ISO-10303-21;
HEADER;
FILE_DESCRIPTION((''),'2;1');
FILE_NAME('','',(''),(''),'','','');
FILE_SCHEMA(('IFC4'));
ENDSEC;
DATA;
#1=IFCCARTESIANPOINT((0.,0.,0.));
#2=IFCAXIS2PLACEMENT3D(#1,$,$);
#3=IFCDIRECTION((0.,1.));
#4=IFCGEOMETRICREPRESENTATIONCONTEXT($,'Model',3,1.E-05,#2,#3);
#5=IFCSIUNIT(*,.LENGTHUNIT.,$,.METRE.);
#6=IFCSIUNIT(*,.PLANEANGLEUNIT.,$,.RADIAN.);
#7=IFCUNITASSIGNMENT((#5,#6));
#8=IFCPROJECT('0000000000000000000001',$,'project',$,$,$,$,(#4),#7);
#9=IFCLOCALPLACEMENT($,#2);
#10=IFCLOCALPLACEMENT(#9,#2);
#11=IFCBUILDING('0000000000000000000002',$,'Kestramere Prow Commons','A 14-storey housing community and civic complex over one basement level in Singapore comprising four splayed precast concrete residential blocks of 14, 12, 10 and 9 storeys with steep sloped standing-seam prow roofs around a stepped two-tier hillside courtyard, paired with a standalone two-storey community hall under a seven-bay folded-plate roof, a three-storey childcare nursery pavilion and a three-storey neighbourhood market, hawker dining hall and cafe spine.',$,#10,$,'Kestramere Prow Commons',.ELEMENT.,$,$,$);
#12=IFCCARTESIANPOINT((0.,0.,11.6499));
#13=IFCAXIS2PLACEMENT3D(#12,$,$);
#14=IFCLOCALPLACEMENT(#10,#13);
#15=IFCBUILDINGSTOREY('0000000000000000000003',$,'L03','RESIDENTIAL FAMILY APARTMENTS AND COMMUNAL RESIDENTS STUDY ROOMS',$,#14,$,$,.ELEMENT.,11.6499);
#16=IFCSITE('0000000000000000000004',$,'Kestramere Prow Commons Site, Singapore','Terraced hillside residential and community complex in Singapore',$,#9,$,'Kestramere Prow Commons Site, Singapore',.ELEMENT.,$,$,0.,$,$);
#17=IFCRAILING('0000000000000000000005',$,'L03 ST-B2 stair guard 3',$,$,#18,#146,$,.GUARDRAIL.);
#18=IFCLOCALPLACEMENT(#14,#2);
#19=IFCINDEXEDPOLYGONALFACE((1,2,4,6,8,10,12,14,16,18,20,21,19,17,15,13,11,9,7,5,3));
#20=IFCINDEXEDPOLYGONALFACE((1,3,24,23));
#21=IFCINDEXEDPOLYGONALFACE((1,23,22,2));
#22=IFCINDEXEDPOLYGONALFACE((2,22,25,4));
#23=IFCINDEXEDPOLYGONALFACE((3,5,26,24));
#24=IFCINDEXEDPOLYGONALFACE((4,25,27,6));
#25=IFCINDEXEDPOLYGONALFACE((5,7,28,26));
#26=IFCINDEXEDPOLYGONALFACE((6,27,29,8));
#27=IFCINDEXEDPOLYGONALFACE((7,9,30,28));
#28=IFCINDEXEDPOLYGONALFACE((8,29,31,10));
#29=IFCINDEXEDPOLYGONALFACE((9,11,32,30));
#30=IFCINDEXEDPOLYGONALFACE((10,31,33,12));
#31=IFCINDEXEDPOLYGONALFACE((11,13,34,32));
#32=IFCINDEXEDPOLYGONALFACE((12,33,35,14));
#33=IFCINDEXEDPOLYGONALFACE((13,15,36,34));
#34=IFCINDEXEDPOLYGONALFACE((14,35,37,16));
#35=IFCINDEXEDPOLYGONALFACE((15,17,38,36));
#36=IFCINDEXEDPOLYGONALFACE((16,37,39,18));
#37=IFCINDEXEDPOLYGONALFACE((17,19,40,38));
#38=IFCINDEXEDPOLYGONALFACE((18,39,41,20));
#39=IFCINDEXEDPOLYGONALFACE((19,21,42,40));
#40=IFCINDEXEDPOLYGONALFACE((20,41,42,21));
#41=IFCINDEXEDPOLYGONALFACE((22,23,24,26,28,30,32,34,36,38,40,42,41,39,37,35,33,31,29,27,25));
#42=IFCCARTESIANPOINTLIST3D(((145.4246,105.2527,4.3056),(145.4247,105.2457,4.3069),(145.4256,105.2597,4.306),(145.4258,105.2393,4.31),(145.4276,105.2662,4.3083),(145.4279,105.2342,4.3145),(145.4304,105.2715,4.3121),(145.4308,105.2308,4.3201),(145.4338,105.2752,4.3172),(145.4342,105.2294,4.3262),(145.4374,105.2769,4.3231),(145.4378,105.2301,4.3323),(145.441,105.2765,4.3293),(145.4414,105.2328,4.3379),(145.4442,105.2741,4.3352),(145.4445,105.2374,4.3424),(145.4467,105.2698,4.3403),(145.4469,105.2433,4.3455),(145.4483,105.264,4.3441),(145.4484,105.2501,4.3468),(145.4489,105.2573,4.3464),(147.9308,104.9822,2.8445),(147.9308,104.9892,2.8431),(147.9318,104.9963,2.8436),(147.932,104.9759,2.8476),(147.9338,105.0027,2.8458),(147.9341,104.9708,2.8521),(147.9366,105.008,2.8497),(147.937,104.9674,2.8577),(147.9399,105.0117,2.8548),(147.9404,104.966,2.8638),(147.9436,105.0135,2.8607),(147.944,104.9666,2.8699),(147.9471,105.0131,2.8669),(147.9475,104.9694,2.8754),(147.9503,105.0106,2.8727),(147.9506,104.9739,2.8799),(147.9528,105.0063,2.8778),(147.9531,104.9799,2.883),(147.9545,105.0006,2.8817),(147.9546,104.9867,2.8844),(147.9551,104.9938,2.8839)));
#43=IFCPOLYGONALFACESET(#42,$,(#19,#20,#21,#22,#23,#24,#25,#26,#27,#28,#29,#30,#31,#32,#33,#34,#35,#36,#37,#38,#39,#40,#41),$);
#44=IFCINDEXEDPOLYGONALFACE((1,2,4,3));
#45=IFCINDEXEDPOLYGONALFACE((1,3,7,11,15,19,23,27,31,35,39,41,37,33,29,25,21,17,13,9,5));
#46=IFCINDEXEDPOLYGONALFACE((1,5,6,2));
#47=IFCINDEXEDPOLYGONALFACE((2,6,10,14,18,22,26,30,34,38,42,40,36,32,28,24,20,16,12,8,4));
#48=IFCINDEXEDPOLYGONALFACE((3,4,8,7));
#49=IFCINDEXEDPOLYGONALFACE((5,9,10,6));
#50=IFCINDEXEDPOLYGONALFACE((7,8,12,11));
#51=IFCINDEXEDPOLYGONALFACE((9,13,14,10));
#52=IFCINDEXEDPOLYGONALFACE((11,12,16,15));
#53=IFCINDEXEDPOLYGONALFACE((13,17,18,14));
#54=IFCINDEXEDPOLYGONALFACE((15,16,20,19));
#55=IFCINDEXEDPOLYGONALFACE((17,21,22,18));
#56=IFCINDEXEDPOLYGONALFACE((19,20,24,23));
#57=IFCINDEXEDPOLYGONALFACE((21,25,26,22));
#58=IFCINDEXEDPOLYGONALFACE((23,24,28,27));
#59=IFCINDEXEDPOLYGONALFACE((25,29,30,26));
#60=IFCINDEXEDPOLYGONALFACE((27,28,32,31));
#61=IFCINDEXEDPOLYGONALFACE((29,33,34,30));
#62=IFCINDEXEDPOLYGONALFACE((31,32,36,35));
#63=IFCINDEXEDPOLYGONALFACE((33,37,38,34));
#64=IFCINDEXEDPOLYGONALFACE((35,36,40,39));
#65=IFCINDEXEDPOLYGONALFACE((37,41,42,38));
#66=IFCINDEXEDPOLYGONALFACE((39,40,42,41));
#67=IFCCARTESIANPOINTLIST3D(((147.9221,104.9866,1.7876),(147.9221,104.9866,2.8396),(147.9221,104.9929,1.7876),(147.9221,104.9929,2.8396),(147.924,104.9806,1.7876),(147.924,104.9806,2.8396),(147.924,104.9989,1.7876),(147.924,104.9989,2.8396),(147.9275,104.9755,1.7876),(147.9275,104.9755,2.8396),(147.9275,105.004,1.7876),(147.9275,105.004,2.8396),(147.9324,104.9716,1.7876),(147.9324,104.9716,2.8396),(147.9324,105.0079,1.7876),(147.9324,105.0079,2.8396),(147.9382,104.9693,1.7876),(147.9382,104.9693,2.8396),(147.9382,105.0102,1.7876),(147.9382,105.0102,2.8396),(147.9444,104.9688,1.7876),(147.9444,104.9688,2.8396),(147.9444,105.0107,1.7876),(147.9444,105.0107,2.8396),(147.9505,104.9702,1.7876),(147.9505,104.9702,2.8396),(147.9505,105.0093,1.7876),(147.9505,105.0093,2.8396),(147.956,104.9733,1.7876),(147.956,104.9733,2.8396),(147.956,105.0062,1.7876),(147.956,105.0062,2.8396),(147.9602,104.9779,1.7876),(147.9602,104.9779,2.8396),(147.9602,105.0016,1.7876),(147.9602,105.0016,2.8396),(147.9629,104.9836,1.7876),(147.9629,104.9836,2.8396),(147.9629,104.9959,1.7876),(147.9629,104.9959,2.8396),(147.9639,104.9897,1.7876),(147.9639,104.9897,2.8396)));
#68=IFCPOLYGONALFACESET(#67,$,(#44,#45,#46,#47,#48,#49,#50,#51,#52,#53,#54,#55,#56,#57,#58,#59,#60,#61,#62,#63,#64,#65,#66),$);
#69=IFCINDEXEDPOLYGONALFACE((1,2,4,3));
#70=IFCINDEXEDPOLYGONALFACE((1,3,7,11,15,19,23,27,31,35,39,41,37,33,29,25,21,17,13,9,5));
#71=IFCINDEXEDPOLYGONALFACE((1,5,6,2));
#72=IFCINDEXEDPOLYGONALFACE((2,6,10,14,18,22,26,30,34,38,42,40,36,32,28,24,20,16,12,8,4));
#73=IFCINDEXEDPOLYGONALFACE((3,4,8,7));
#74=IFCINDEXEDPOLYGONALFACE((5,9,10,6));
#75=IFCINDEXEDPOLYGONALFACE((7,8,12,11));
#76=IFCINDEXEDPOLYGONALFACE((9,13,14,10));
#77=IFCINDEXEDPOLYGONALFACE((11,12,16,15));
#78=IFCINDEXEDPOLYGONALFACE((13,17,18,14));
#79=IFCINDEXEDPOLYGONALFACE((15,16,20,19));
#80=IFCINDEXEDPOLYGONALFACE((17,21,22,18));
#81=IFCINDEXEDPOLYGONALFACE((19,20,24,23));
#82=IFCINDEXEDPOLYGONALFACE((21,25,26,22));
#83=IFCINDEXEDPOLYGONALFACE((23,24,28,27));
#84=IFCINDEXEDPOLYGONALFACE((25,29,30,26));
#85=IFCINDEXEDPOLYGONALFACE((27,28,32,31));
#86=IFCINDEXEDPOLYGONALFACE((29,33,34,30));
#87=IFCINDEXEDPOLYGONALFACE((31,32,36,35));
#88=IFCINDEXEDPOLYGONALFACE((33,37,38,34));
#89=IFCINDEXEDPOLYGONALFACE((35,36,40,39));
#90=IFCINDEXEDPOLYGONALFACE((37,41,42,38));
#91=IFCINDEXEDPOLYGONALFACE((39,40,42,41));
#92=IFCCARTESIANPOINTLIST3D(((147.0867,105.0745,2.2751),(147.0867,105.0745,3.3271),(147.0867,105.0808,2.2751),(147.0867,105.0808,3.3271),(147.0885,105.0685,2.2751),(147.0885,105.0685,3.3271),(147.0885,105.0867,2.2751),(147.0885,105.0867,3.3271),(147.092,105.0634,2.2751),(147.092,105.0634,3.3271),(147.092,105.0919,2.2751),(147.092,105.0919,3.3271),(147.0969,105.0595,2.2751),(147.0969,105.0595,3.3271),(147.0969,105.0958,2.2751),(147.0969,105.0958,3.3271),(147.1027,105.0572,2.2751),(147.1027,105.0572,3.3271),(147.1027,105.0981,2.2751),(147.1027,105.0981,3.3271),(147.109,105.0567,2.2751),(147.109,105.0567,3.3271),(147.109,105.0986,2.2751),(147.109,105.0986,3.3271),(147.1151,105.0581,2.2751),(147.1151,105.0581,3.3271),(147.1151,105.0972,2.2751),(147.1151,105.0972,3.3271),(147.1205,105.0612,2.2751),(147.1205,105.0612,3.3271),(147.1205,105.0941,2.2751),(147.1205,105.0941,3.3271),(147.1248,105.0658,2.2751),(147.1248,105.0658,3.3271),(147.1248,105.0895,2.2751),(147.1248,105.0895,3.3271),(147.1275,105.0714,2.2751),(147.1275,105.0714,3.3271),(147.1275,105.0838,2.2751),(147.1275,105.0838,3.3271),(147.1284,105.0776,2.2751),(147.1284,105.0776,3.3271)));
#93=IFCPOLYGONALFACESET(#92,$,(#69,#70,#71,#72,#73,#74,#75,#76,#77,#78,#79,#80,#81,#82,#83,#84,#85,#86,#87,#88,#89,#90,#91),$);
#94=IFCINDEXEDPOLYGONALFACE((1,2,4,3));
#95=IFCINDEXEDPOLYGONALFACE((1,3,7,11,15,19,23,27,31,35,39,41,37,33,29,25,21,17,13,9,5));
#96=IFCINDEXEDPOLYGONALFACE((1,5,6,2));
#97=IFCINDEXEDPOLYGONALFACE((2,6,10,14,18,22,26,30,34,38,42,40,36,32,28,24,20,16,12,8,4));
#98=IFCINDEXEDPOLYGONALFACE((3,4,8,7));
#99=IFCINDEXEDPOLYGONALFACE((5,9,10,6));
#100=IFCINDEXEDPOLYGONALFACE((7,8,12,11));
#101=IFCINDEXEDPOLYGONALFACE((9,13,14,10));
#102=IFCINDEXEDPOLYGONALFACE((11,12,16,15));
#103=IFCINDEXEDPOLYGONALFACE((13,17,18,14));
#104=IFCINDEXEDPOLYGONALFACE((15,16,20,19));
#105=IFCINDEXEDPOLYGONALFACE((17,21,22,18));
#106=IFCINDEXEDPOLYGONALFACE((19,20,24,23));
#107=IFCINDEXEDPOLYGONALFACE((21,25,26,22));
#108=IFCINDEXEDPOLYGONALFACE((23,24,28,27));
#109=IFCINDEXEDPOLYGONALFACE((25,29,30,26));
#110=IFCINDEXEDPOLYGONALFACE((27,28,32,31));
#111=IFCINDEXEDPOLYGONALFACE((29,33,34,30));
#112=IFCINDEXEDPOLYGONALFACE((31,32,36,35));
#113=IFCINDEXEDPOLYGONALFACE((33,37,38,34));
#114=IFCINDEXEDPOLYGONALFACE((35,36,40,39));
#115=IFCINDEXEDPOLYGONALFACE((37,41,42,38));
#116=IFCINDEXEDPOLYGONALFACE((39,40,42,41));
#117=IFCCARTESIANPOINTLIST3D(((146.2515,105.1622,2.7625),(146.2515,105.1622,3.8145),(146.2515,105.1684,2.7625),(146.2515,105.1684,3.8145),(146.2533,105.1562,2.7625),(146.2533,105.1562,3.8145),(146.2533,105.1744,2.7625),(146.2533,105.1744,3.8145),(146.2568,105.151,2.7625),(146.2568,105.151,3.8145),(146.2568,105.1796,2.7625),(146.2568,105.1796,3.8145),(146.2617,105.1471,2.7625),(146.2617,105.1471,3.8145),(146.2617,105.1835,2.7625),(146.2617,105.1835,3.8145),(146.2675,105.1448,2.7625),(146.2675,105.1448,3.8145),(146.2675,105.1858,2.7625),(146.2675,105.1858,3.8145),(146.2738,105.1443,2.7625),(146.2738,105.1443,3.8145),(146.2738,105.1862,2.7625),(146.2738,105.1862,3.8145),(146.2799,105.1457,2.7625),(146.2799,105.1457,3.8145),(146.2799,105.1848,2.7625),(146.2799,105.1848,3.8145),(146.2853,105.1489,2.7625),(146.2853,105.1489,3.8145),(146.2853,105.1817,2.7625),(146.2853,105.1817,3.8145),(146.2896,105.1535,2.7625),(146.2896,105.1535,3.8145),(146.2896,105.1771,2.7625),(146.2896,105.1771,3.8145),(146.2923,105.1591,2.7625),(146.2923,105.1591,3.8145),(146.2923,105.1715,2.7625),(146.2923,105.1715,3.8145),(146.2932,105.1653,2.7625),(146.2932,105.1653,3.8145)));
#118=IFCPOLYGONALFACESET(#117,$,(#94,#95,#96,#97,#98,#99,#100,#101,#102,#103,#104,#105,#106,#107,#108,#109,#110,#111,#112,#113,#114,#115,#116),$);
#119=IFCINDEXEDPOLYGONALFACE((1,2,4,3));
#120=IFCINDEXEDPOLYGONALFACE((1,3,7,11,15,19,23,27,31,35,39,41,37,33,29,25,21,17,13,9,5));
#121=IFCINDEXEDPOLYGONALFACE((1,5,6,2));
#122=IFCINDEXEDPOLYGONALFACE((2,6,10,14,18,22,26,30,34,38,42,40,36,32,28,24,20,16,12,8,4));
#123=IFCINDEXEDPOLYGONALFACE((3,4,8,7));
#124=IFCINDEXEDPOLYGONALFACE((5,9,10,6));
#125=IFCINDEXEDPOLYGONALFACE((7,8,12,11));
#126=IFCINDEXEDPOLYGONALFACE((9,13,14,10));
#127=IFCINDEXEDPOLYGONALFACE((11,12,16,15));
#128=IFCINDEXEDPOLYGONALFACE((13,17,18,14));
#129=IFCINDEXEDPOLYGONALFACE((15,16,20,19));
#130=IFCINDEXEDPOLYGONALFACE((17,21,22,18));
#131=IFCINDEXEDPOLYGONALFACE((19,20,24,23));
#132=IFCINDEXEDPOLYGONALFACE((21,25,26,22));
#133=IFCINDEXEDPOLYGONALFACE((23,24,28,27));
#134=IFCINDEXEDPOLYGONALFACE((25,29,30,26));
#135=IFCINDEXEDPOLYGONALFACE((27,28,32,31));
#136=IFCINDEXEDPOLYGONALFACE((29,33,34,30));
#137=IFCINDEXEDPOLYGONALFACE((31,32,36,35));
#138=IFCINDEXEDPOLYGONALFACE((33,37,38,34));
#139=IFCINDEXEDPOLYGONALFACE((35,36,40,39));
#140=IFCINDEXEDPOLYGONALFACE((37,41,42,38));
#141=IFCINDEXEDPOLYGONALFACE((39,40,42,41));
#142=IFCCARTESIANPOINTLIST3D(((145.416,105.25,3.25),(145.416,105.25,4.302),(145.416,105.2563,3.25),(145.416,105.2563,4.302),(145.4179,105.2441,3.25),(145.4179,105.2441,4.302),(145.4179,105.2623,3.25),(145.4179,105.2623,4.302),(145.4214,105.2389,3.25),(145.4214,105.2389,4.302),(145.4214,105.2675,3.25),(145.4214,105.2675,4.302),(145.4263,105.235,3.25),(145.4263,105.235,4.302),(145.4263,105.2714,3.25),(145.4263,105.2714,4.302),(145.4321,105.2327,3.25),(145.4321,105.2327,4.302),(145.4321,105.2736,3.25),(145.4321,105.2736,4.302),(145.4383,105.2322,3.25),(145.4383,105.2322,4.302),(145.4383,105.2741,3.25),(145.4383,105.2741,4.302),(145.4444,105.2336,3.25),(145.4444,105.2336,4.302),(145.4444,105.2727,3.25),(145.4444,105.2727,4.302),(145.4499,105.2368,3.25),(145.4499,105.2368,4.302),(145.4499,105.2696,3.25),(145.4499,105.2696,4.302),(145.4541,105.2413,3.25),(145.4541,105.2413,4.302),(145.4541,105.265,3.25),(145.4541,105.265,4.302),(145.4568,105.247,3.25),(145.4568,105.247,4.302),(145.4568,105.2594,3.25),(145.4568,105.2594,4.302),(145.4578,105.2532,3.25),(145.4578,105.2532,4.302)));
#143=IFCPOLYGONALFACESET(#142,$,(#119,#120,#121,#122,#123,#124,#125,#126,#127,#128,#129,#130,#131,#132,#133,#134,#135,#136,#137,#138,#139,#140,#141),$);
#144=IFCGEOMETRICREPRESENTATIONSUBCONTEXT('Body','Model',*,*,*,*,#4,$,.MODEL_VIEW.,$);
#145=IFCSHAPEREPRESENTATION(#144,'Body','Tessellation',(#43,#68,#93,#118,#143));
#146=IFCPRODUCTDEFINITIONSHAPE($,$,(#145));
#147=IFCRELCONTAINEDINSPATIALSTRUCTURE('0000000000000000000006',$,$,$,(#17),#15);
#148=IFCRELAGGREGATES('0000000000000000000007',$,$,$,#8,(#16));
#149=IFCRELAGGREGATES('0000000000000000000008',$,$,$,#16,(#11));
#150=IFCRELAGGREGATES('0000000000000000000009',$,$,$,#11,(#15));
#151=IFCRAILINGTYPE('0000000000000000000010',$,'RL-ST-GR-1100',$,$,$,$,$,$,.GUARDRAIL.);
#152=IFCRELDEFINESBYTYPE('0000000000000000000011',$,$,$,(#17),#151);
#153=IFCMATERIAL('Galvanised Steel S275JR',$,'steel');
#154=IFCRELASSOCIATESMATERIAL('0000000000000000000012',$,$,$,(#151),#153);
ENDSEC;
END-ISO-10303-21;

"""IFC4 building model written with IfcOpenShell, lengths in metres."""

from ifc_helpers import new_model, si_unit, direction, frame, origin, origin_2d, place, context, subcontext, project, spatial, circle, extrude, material, type_object, element, save


model = new_model("IFC4")

# Units and contexts
model_context = context("Model", 3, precision=1e-05, world=origin(), true_north=direction((0.0, 1.0)))
body_context = subcontext(model_context, "Body", "Model", "MODEL_VIEW")
ifc_project = project(units=[si_unit("LENGTHUNIT", "METRE"), si_unit("PLANEANGLEUNIT", "RADIAN")], contexts=[model_context])

# Site, building, storey
site_placement = place(None, origin())
site = spatial("IfcSite", under=ifc_project, at=site_placement, Name="Kestramere Prow Commons Site, Singapore", Description="Terraced hillside residential and community complex in Singapore", LongName="Kestramere Prow Commons Site, Singapore", CompositionType="ELEMENT", RefElevation=0.0)
building_placement = place(site_placement, origin())
building = spatial("IfcBuilding", under=site, at=building_placement, Name="Kestramere Prow Commons", Description="A 14-storey housing community and civic complex over one basement level in Singapore comprising four splayed precast concrete residential blocks of 14, 12, 10 and 9 storeys with steep sloped standing-seam prow roofs around a stepped two-tier hillside courtyard, paired with a standalone two-storey community hall under a seven-bay folded-plate roof, a three-storey childcare nursery pavilion and a three-storey neighbourhood market, hawker dining hall and cafe spine.", LongName="Kestramere Prow Commons", CompositionType="ELEMENT")
storey_placement = place(building_placement, frame((0.0, 0.0, 11.6499)))
storey = spatial("IfcBuildingStorey", under=building, at=storey_placement, Name="L03", Description="RESIDENTIAL FAMILY APARTMENTS AND COMMUNAL RESIDENTS STUDY ROOMS", CompositionType="ELEMENT", Elevation=11.6499)

# Railing
ifc_material_1 = material(Name="Galvanised Steel S275JR", Category="steel")
railing_type_1 = type_object("IfcRailingType", Name="RL-ST-GR-1100", PredefinedType="GUARDRAIL", material=ifc_material_1)
railing_1_placement = place(storey_placement, frame((147.9429, 104.9897, 1.7876)))
element("IfcRailing", 1, at=railing_1_placement, inside=storey, type_object=railing_type_1, Name="L03 ST-B2 stair guard 3", PredefinedType="GUARDRAIL", context=body_context, shape_type="SweptSolid", body=[
    extrude(circle(Radius=0.0239, at=origin_2d()), frame((0.0, 0.0, 1.0762), z_axis=(-0.860165, 0.090416, 0.501937), x_axis=(-0.104539, -0.994521, 0.0)), (0.0, 0.0, 1.0), 2.9136),
    extrude(circle(Radius=0.021, at=origin_2d()), origin(), (0.0, 0.0, 1.0), 1.052),
    extrude(circle(Radius=0.021, at=origin_2d()), frame((-0.8354, 0.0879, 0.4875)), (0.0, 0.0, 1.0), 1.052),
    extrude(circle(Radius=0.021, at=origin_2d()), frame((-1.6707, 0.1755, 0.9749)), (0.0, 0.0, 1.0), 1.052),
    extrude(circle(Radius=0.021, at=origin_2d()), frame((-2.5061, 0.2634, 1.4624)), (0.0, 0.0, 1.0), 1.052),
])

save(model, "model.ifc")
